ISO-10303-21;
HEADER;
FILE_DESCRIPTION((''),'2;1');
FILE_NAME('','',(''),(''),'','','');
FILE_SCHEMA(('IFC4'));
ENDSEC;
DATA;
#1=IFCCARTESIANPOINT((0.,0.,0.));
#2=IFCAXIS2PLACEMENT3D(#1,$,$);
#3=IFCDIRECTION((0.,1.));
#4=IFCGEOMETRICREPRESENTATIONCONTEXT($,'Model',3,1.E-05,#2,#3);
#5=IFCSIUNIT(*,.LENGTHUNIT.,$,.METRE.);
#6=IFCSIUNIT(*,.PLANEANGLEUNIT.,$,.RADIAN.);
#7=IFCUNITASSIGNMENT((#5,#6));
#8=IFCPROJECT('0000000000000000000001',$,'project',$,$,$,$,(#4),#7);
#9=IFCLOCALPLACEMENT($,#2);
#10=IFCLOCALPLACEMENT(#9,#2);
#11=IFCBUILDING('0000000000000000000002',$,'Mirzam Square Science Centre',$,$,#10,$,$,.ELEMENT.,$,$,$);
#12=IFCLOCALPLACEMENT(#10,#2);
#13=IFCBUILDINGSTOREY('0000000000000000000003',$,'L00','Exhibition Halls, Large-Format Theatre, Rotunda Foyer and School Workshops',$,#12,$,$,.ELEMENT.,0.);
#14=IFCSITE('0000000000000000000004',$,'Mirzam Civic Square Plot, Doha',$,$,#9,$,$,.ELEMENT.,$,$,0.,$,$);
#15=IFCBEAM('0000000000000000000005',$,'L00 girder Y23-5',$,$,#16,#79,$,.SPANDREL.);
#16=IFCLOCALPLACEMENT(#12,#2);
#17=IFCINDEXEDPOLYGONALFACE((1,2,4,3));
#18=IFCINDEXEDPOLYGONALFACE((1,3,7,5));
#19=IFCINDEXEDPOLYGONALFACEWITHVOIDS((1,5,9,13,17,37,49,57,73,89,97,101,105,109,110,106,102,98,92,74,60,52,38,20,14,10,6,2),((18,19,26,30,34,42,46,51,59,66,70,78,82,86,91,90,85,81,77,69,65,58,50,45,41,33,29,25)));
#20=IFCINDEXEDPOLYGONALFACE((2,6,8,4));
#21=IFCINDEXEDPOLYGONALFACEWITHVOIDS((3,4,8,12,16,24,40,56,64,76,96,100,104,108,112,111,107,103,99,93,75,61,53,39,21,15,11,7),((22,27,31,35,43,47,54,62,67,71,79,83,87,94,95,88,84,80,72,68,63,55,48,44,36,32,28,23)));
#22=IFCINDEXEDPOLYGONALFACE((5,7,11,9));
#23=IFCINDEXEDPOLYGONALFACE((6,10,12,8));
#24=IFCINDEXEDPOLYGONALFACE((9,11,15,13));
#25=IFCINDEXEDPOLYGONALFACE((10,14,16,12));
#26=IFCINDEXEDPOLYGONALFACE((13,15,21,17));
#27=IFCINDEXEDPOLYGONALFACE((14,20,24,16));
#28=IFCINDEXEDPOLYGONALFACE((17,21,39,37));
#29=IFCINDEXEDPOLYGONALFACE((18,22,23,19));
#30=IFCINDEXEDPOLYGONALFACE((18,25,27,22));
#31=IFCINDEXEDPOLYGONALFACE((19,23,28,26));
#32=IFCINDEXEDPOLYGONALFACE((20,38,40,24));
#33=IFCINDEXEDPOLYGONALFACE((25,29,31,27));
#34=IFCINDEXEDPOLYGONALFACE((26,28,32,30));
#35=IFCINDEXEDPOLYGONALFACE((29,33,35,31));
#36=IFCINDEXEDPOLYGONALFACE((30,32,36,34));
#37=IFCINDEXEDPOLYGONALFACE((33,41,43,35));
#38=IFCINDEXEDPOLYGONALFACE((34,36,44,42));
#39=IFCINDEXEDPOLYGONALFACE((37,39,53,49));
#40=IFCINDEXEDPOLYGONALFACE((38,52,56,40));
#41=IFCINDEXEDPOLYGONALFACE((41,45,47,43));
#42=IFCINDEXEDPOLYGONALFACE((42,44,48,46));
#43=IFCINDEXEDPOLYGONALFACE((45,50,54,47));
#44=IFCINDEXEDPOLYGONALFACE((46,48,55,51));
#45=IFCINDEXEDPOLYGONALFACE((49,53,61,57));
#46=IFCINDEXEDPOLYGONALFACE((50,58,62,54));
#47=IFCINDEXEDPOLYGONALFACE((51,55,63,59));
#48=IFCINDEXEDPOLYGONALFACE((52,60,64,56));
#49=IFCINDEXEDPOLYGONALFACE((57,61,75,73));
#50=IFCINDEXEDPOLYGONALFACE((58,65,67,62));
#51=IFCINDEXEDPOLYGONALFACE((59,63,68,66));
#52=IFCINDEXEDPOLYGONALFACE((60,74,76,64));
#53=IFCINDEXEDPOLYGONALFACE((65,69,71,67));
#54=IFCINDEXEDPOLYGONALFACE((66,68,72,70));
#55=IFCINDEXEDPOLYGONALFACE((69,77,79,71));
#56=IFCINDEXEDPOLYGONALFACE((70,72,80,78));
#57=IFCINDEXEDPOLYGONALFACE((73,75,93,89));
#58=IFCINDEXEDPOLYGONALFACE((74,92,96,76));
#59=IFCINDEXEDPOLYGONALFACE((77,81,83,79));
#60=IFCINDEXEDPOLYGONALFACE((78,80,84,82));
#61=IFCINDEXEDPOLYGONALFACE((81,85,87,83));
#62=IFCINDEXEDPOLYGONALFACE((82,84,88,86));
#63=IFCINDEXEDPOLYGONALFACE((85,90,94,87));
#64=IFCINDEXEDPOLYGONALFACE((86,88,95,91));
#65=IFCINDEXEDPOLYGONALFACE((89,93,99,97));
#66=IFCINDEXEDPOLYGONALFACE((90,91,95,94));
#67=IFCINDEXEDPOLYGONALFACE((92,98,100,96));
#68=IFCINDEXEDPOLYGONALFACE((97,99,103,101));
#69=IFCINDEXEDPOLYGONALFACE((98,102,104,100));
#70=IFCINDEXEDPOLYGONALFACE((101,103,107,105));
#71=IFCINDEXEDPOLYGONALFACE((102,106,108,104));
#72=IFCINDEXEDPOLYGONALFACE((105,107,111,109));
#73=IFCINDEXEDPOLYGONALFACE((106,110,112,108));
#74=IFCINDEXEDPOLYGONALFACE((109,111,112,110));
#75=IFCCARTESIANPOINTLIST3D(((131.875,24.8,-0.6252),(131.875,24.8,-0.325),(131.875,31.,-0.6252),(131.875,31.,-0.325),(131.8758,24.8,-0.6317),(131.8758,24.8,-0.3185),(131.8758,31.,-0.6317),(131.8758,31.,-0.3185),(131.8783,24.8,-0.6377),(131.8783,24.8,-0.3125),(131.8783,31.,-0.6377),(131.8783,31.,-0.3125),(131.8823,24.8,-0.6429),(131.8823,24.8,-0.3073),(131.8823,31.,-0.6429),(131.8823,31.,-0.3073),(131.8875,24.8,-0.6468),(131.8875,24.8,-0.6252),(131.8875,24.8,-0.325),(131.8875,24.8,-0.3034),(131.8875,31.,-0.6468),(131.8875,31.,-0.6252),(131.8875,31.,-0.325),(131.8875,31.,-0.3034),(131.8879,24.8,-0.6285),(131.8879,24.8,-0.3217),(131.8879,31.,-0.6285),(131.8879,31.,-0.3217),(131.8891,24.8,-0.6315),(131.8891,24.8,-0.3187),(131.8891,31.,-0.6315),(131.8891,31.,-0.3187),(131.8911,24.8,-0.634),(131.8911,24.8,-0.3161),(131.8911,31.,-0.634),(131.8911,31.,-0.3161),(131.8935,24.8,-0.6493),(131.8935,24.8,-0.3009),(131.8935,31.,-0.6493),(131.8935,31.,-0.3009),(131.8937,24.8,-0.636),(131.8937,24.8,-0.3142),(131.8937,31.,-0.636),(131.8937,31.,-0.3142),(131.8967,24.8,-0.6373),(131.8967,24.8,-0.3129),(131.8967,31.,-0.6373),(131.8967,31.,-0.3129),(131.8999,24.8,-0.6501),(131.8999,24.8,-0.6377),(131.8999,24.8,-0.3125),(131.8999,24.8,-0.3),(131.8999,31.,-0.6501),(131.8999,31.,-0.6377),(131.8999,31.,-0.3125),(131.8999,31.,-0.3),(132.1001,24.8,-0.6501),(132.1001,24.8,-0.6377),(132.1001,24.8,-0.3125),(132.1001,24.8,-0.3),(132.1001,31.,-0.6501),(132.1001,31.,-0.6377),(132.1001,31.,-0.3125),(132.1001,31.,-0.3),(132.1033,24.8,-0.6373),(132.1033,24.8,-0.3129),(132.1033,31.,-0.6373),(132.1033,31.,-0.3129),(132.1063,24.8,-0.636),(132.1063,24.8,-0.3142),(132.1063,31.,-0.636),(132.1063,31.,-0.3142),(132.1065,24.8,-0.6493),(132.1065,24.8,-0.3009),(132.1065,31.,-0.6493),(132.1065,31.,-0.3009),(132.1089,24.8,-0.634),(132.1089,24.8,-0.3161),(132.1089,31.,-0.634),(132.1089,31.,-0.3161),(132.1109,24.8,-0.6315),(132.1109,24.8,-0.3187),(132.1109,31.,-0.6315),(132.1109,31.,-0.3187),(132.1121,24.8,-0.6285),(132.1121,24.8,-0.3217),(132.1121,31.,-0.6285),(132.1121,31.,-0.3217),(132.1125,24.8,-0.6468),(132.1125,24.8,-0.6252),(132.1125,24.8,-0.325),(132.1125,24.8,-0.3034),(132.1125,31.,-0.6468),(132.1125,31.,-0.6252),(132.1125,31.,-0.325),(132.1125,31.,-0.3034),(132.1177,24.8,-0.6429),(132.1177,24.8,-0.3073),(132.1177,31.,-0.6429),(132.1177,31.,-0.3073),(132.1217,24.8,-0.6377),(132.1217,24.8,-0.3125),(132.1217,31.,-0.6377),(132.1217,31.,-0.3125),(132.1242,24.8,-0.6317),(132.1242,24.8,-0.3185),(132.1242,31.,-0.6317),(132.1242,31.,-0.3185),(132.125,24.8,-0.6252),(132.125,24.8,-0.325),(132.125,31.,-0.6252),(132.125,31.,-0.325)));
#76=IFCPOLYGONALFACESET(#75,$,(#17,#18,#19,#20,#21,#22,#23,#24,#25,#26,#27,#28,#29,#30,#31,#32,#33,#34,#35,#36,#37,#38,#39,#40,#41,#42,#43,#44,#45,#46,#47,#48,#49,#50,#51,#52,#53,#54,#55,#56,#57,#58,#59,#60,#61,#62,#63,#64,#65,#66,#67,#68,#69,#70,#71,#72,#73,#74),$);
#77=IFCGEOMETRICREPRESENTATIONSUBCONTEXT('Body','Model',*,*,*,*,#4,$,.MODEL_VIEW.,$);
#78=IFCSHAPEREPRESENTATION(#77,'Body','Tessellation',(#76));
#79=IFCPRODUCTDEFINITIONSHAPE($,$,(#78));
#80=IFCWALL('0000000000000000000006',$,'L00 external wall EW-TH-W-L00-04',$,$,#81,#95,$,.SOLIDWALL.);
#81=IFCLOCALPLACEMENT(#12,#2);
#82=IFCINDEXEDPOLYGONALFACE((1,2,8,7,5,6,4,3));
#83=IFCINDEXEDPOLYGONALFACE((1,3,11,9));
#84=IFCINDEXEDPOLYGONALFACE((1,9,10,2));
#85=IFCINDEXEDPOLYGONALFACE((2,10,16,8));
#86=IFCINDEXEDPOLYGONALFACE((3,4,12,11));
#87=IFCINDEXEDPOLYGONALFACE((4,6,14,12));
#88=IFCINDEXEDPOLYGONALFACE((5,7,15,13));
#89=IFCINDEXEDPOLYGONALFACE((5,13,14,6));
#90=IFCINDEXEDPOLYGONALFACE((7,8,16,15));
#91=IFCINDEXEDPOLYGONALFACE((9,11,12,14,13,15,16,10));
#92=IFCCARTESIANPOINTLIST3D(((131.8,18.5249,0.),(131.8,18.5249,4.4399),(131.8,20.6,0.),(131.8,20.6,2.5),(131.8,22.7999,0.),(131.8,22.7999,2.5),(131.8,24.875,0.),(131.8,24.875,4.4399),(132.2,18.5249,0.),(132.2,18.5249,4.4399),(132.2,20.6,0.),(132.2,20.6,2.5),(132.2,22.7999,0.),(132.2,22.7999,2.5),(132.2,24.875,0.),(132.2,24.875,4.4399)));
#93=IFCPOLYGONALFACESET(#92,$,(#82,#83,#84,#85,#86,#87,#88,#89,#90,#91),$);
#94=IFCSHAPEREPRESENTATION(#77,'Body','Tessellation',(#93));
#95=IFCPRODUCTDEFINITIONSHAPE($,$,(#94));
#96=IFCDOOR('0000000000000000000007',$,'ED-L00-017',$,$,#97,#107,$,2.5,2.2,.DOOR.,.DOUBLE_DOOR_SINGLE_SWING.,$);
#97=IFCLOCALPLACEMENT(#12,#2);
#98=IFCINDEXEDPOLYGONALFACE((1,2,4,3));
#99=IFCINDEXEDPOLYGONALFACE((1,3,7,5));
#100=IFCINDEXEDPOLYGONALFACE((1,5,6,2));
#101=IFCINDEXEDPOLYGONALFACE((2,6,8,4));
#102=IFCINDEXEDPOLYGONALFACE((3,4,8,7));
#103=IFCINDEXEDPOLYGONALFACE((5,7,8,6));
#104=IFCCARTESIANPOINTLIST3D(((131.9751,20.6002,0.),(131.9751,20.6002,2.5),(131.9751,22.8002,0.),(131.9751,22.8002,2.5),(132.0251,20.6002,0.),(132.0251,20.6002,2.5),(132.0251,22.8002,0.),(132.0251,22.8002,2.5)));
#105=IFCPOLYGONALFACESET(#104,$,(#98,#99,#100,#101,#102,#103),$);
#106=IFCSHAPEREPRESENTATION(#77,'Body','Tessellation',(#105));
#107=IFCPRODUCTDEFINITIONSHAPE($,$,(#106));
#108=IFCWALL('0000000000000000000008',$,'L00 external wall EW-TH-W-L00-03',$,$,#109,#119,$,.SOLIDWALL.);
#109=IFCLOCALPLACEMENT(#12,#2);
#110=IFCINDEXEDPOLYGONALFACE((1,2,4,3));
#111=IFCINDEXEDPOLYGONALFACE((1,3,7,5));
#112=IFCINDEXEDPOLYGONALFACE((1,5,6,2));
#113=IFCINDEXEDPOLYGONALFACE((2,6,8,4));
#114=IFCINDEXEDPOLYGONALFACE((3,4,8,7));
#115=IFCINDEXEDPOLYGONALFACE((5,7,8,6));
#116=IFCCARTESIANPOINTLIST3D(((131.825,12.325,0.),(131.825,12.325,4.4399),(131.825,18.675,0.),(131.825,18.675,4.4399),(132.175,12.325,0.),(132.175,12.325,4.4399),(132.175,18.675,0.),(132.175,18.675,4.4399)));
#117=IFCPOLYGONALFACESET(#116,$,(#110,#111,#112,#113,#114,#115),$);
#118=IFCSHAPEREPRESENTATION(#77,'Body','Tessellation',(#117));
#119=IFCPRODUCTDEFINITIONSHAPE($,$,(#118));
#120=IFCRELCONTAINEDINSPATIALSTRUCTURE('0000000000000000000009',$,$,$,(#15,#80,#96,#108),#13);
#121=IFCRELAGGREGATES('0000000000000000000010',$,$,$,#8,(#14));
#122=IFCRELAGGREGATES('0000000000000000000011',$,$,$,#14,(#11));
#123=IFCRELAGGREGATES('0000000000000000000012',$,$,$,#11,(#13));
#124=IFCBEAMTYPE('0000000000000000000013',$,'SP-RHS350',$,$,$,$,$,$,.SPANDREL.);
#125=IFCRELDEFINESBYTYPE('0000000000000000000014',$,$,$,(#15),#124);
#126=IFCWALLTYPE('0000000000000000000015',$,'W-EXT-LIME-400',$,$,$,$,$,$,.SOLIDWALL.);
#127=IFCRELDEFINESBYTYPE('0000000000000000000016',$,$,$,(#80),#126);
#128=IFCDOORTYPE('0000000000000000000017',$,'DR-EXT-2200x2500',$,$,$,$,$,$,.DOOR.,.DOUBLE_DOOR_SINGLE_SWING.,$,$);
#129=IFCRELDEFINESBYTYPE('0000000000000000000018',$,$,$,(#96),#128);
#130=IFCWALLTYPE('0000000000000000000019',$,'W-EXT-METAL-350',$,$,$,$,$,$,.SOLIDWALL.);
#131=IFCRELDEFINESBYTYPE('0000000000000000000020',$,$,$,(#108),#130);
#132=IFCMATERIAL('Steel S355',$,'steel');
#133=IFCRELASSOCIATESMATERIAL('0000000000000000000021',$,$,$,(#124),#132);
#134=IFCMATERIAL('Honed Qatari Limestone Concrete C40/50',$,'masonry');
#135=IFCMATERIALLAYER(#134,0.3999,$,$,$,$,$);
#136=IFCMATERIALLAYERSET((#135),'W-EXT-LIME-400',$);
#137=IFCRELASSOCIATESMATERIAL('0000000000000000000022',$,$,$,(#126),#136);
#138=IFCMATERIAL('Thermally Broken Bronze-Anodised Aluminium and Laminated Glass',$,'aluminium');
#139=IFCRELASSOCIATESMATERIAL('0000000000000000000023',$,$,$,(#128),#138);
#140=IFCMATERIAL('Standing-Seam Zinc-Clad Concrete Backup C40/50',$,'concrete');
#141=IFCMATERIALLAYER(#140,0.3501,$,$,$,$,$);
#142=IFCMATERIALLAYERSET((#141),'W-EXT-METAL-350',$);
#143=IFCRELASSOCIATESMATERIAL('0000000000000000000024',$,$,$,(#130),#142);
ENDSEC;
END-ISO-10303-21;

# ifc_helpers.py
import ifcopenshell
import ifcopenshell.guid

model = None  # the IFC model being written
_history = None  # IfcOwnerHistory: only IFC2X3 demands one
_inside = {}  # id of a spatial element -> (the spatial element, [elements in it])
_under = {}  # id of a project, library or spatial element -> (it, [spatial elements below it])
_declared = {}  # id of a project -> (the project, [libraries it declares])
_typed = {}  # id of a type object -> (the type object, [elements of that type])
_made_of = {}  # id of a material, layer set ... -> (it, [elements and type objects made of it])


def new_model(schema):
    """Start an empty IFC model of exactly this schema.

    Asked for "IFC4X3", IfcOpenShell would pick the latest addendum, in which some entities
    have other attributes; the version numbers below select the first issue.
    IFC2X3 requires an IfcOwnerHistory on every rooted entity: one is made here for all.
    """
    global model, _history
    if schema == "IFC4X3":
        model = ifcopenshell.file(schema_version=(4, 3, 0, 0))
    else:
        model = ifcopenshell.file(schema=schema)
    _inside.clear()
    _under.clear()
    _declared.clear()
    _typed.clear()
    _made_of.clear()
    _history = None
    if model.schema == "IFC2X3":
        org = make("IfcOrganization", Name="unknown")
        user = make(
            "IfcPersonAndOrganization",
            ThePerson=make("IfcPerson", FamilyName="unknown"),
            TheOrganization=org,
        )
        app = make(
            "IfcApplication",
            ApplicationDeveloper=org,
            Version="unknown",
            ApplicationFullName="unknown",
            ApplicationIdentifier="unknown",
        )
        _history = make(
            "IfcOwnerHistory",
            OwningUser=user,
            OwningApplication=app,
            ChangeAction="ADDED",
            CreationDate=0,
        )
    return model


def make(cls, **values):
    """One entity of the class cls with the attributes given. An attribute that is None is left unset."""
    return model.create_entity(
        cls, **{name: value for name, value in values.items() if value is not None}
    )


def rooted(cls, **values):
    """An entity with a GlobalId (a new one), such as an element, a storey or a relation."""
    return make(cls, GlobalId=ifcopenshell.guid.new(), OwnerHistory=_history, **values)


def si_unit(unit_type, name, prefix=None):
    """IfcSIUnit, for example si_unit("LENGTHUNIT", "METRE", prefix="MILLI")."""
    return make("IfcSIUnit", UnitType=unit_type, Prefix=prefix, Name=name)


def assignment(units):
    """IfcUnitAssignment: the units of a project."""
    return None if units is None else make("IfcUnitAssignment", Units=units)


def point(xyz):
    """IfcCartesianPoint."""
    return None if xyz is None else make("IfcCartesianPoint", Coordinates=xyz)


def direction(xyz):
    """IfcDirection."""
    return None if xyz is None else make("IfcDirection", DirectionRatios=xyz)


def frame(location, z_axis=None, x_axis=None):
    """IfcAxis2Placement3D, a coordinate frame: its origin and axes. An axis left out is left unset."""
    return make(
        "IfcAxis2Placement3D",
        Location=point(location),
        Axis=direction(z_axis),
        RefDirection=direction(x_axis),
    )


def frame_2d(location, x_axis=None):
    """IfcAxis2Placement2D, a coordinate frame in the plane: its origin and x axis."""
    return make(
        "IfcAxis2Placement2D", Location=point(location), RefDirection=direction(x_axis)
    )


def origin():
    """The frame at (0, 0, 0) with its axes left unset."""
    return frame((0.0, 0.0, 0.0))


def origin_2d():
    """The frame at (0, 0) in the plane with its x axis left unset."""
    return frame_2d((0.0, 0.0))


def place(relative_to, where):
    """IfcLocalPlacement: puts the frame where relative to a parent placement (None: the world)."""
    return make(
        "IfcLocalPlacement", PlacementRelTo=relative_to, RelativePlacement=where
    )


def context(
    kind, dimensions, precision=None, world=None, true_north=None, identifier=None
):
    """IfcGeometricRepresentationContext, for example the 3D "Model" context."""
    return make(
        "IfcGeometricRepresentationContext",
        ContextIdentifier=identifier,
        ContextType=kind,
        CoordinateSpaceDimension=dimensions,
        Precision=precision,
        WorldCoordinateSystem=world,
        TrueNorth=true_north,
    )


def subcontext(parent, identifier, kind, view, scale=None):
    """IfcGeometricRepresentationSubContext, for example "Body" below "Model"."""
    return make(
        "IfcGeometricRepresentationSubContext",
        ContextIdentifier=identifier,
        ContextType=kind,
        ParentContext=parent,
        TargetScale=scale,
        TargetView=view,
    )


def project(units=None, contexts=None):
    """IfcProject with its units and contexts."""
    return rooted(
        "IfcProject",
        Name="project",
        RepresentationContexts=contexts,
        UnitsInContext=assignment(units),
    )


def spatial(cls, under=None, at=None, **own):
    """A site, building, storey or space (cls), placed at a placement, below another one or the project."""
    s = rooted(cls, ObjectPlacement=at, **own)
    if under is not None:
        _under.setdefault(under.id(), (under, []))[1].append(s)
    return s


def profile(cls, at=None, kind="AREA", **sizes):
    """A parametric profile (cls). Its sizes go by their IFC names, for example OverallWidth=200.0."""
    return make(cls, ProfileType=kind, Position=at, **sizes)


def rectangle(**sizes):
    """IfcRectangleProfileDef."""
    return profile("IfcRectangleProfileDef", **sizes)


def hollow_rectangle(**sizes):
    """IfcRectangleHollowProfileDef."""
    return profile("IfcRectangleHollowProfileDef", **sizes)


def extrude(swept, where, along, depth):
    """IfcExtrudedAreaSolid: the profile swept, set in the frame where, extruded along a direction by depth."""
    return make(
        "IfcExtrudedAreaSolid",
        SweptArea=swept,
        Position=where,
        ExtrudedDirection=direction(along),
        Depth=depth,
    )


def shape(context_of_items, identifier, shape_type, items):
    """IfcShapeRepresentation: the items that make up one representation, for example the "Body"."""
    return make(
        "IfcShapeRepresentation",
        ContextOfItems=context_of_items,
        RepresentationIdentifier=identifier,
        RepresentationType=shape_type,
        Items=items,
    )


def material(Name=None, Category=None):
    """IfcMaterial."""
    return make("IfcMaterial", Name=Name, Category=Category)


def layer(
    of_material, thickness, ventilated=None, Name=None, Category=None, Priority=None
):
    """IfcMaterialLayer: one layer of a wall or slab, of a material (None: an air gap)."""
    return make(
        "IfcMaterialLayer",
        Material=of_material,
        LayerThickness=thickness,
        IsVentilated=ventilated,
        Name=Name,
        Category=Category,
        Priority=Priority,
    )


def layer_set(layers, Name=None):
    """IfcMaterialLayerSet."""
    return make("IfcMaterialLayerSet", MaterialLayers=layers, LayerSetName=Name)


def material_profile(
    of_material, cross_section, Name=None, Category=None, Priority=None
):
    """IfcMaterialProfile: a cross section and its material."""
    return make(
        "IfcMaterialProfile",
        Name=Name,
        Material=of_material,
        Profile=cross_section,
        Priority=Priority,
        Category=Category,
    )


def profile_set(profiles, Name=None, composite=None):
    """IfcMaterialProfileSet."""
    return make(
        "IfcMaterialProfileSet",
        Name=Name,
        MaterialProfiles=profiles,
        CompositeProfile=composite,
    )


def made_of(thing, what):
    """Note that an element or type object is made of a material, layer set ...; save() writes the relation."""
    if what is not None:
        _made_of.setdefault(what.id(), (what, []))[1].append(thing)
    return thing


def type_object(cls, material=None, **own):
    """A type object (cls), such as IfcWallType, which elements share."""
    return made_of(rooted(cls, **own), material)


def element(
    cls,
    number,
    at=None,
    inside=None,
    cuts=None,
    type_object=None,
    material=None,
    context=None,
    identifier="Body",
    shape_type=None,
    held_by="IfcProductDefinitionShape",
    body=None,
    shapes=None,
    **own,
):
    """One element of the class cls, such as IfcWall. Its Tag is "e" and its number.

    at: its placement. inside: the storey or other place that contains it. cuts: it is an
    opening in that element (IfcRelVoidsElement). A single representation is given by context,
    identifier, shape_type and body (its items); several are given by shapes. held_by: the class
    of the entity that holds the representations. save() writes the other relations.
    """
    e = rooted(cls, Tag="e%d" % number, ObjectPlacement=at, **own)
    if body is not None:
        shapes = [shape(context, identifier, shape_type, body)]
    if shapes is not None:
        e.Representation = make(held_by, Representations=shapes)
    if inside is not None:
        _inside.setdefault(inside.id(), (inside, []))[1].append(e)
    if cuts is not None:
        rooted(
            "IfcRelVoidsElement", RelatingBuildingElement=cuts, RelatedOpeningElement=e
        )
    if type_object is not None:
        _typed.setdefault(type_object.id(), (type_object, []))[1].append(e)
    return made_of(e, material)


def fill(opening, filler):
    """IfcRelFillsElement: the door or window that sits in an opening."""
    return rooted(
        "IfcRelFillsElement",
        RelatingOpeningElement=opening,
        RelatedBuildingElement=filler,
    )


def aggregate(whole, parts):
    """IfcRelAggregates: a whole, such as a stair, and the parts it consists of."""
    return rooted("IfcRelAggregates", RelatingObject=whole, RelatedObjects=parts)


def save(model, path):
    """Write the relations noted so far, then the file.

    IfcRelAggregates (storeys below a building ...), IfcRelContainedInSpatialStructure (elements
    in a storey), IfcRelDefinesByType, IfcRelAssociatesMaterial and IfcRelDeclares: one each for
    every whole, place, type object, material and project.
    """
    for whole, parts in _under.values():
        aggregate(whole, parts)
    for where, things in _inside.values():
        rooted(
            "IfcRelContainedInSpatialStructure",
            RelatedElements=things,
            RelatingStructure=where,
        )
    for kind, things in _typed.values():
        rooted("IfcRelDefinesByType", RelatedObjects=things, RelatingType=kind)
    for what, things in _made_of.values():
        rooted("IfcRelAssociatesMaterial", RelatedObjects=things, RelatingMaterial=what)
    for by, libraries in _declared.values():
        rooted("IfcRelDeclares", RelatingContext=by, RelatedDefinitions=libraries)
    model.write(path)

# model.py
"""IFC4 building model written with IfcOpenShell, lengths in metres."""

from ifc_helpers import new_model, si_unit, direction, frame, frame_2d, origin, origin_2d, place, context, subcontext, project, spatial, rectangle, hollow_rectangle, extrude, material, layer, layer_set, material_profile, profile_set, type_object, element, fill, save


model = new_model("IFC4")

# Units and contexts
model_context = context("Model", 3, precision=1e-05, world=origin(), true_north=direction((0.0, 1.0)))
body_context = subcontext(model_context, "Body", "Model", "MODEL_VIEW")
ifc_project = project(units=[si_unit("LENGTHUNIT", "METRE"), si_unit("PLANEANGLEUNIT", "RADIAN")], contexts=[model_context])

# Site, building, storey
site_placement = place(None, origin())
site = spatial("IfcSite", under=ifc_project, at=site_placement, Name="Mirzam Civic Square Plot, Doha", CompositionType="ELEMENT", RefElevation=0.0)
building_placement = place(site_placement, origin())
building = spatial("IfcBuilding", under=site, at=building_placement, Name="Mirzam Square Science Centre", CompositionType="ELEMENT")
storey_placement = place(building_placement, origin())
storey = spatial("IfcBuildingStorey", under=building, at=storey_placement, Name="L00", Description="Exhibition Halls, Large-Format Theatre, Rotunda Foyer and School Workshops", CompositionType="ELEMENT", Elevation=0.0)

# Shared definitions
ifc_material_1 = material(Name="Steel S355", Category="steel")

# Beam
ifc_material_profile_1 = material_profile(ifc_material_1, hollow_rectangle(XDim=0.25, YDim=0.3501, WallThickness=0.0125, InnerFilletRadius=0.0125, OuterFilletRadius=0.0249, at=origin_2d()), Name="350x250x12.5RHS")
ifc_profile_set_1 = profile_set([ifc_material_profile_1], Name="Steel S355")
beam_type_1 = type_object("IfcBeamType", Name="SP-RHS350", PredefinedType="SPANDREL", material=ifc_profile_set_1)
for number, where, z_axis, x_axis, name in (
    (1, (132.0, 24.8, -0.4751), (0.0, 1.0, 0.0), (-1.0, 0.0, 0.0), "L00 girder Y23-5"),
):
    element("IfcBeam", number, at=place(storey_placement, frame(where, z_axis=z_axis, x_axis=x_axis)), inside=storey, type_object=beam_type_1, Name=name, PredefinedType="SPANDREL", context=body_context, shape_type="SweptSolid", body=[
        extrude(hollow_rectangle(XDim=0.25, YDim=0.3501, WallThickness=0.0125, InnerFilletRadius=0.0125, OuterFilletRadius=0.0249, at=origin_2d()), origin(), (0.0, 0.0, 1.0), 6.2),
    ])

# Wall, opening, door
ifc_material_2 = material(Name="Honed Qatari Limestone Concrete C40/50", Category="masonry")
ifc_layer_1 = layer(ifc_material_2, 0.3999)
ifc_layer_set_1 = layer_set([ifc_layer_1], Name="W-EXT-LIME-400")
wall_type_1 = type_object("IfcWallType", Name="W-EXT-LIME-400", PredefinedType="SOLIDWALL", material=ifc_layer_set_1)
wall_1_placement = place(storey_placement, frame((132.0, 24.875, 0.0), z_axis=(0.0, 0.0, 1.0), x_axis=(0.0, -1.0, 0.0)))
wall_1 = element("IfcWall", 2, at=wall_1_placement, inside=storey, type_object=wall_type_1, Name="L00 external wall EW-TH-W-L00-04", PredefinedType="SOLIDWALL", context=body_context, shape_type="SweptSolid", body=[
    extrude(rectangle(XDim=6.3501, YDim=0.3999, at=frame_2d((3.175, 0.0))), origin(), (0.0, 0.0, 1.0), 4.4399),
])
opening_placement = place(wall_1_placement, frame((2.075, 0.0, 0.0)))
opening = element("IfcOpeningElement", 3, at=opening_placement, cuts=wall_1, PredefinedType="OPENING", context=body_context, shape_type="SweptSolid", body=[
    extrude(rectangle(XDim=2.2, YDim=2.5, at=frame_2d((1.1001, 1.25))), frame((0.0, 0.21, 0.0), z_axis=(0.0, -1.0, 0.0), x_axis=(1.0, 0.0, 0.0)), (0.0, 0.0, 1.0), 0.4199),
])
ifc_material_3 = material(Name="Thermally Broken Bronze-Anodised Aluminium and Laminated Glass", Category="aluminium")
door_type = type_object("IfcDoorType", Name="DR-EXT-2200x2500", OperationType="DOUBLE_DOOR_SINGLE_SWING", PredefinedType="DOOR", material=ifc_material_3)
door_placement = place(opening_placement, frame((2.2, 0.0, 0.0), z_axis=(0.0, 0.0, 1.0), x_axis=(-1.0, 0.0, 0.0)))
door = element("IfcDoor", 4, at=door_placement, inside=storey, type_object=door_type, Name="ED-L00-017", OperationType="DOUBLE_DOOR_SINGLE_SWING", OverallHeight=2.5, OverallWidth=2.2, PredefinedType="DOOR", context=body_context, shape_type="SweptSolid", body=[
    extrude(rectangle(XDim=2.2, YDim=2.5, at=frame_2d((1.1001, 1.25))), frame((0.0, 0.0249, 0.0), z_axis=(0.0, -1.0, 0.0), x_axis=(1.0, 0.0, 0.0)), (0.0, 0.0, 1.0), 0.05),
])
fill(opening, door)

# Wall
ifc_material_4 = material(Name="Standing-Seam Zinc-Clad Concrete Backup C40/50", Category="concrete")
ifc_layer_2 = layer(ifc_material_4, 0.3501)
ifc_layer_set_2 = layer_set([ifc_layer_2], Name="W-EXT-METAL-350")
wall_type_2 = type_object("IfcWallType", Name="W-EXT-METAL-350", PredefinedType="SOLIDWALL", material=ifc_layer_set_2)
wall_2_placement = place(storey_placement, frame((132.0, 18.675, 0.0), z_axis=(0.0, 0.0, 1.0), x_axis=(0.0, -1.0, 0.0)))
element("IfcWall", 5, at=wall_2_placement, inside=storey, type_object=wall_type_2, Name="L00 external wall EW-TH-W-L00-03", PredefinedType="SOLIDWALL", context=body_context, shape_type="SweptSolid", body=[
    extrude(rectangle(XDim=6.3501, YDim=0.3501, at=frame_2d((3.175, 0.0))), origin(), (0.0, 0.0, 1.0), 4.4399),
])

save(model, "model.ifc")
